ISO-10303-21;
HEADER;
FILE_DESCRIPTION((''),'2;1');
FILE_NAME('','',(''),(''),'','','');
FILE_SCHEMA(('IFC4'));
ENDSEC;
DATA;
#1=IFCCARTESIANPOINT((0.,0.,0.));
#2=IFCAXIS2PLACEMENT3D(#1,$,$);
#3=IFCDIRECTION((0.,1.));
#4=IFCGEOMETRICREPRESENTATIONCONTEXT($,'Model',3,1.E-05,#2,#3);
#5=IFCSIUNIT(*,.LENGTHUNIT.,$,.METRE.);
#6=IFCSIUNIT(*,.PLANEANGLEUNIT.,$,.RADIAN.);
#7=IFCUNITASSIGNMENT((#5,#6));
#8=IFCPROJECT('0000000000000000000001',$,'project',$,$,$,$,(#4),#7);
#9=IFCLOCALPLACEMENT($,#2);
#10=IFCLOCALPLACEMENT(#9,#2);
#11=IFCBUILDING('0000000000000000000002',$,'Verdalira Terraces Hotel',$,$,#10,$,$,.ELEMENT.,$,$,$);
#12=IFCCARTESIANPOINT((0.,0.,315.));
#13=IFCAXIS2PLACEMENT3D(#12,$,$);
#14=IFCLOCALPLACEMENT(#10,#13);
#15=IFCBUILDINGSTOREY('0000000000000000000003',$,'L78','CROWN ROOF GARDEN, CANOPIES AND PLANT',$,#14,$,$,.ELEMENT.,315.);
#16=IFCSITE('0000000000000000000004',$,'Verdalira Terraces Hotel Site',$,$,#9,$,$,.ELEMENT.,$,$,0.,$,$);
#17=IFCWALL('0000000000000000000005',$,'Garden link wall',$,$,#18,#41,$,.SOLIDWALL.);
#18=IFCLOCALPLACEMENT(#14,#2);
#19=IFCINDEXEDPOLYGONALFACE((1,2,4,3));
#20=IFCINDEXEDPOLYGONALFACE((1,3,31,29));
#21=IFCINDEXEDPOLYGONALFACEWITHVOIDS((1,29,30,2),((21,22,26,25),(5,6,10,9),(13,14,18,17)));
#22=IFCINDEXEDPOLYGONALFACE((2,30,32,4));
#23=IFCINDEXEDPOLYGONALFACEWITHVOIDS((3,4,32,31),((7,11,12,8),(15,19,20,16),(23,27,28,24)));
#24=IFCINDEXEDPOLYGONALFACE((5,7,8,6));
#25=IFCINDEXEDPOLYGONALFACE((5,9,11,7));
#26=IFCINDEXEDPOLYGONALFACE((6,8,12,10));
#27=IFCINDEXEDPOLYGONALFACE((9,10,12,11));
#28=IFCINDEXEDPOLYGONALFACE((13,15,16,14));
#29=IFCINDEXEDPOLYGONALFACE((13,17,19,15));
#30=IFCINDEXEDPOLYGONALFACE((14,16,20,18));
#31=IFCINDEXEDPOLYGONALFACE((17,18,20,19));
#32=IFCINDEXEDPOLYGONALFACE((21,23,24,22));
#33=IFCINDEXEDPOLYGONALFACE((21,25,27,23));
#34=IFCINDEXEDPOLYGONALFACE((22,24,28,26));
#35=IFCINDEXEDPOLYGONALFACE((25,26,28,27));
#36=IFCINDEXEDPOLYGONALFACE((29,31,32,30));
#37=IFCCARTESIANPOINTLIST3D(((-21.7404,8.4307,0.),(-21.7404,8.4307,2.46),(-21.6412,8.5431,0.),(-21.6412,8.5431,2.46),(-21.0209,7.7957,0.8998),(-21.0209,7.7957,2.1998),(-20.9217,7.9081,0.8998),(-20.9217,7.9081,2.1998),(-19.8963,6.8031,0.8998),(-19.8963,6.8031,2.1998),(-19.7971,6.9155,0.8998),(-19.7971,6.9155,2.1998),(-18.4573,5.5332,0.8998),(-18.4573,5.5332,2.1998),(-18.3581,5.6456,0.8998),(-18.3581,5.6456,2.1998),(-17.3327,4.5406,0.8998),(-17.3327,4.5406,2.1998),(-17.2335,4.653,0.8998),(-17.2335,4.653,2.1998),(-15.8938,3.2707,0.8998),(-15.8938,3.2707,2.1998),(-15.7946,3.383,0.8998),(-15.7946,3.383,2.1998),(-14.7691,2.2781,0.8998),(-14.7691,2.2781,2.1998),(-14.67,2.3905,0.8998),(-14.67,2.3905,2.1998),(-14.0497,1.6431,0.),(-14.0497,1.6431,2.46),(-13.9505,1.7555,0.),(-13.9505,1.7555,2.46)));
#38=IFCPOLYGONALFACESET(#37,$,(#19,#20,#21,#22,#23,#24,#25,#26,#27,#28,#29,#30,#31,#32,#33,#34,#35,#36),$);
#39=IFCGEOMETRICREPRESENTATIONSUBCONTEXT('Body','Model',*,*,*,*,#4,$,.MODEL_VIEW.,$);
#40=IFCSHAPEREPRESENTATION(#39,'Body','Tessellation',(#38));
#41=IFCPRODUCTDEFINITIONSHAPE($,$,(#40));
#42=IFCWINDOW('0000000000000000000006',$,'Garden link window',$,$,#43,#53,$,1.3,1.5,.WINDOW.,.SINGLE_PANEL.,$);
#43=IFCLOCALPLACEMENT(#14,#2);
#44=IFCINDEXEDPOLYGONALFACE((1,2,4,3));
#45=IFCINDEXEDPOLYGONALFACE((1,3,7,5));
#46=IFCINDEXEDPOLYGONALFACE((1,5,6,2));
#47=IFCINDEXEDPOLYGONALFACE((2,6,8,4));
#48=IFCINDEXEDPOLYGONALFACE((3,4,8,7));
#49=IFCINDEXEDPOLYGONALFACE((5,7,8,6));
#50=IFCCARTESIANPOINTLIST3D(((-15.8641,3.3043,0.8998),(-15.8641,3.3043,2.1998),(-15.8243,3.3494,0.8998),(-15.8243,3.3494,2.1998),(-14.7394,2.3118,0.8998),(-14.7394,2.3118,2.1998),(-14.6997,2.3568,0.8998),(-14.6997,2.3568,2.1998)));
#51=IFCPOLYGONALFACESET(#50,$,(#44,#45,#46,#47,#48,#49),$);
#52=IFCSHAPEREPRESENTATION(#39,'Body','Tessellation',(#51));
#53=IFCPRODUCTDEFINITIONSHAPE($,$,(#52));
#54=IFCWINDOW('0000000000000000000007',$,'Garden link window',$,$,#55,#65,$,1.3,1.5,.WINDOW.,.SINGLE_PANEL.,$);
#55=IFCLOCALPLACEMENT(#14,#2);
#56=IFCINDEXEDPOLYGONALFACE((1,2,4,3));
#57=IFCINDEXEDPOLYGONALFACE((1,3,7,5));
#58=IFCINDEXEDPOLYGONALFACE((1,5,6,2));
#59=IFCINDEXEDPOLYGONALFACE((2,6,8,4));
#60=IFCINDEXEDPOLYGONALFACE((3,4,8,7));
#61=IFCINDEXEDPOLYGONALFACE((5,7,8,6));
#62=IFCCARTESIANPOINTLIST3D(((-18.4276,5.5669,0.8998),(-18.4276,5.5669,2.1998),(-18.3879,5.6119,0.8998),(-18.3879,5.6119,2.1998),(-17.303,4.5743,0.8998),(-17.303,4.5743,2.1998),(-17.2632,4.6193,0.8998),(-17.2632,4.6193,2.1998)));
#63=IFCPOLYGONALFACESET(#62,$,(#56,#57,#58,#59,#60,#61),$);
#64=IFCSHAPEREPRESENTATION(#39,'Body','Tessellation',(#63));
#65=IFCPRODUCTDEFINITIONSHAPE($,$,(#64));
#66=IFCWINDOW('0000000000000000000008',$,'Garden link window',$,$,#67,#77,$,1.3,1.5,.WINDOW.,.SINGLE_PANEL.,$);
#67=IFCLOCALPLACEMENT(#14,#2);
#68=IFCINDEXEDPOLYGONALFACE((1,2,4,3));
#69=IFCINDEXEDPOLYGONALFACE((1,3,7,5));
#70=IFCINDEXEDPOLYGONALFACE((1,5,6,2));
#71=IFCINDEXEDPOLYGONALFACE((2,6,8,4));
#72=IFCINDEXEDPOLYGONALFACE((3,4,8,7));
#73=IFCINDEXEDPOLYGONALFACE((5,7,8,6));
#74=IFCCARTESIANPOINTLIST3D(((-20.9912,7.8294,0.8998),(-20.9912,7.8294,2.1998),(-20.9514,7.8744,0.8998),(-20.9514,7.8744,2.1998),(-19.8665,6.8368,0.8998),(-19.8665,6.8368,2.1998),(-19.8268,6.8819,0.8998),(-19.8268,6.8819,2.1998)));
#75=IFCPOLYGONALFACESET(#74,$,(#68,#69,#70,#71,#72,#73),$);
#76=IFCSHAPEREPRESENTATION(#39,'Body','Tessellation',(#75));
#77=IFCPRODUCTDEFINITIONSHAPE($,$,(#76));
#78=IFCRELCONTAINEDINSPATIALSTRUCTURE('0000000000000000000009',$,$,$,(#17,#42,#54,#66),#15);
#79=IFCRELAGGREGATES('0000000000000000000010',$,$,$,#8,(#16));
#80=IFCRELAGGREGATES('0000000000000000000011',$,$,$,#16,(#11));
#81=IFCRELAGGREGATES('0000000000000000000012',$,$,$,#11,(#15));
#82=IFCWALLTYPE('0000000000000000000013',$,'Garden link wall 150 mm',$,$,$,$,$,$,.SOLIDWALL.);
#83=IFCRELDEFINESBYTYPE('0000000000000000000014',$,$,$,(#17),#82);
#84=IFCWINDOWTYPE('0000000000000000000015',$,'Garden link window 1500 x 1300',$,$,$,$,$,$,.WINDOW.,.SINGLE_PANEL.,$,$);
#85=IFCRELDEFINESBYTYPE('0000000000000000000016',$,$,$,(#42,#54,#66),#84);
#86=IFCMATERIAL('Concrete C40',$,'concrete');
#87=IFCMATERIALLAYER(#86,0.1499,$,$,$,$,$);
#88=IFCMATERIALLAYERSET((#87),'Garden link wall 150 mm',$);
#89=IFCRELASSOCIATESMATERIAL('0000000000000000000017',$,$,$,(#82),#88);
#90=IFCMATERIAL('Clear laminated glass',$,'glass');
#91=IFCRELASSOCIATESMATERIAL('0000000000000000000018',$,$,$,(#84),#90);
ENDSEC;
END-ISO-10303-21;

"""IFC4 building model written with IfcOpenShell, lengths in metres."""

from ifc_helpers import new_model, si_unit, direction, frame, frame_2d, origin, place, context, subcontext, project, spatial, rectangle, extrude, material, layer, layer_set, type_object, element, fill, save


model = new_model("IFC4")

# Units and contexts
model_context = context("Model", 3, precision=1e-05, world=origin(), true_north=direction((0.0, 1.0)))
body_context = subcontext(model_context, "Body", "Model", "MODEL_VIEW")
ifc_project = project(units=[si_unit("LENGTHUNIT", "METRE"), si_unit("PLANEANGLEUNIT", "RADIAN")], contexts=[model_context])

# Site, building, storey
site_placement = place(None, origin())
site = spatial("IfcSite", under=ifc_project, at=site_placement, Name="Verdalira Terraces Hotel Site", CompositionType="ELEMENT", RefElevation=0.0)
building_placement = place(site_placement, origin())
building = spatial("IfcBuilding", under=site, at=building_placement, Name="Verdalira Terraces Hotel", CompositionType="ELEMENT")
storey_placement = place(building_placement, frame((0.0, 0.0, 315.0)))
storey = spatial("IfcBuildingStorey", under=building, at=storey_placement, Name="L78", Description="CROWN ROOF GARDEN, CANOPIES AND PLANT", CompositionType="ELEMENT", Elevation=315.0)

# Wall, openings, windows
ifc_material_1 = material(Name="Concrete C40", Category="concrete")
ifc_layer_1 = layer(ifc_material_1, 0.1499)
ifc_layer_set_1 = layer_set([ifc_layer_1], Name="Garden link wall 150 mm")
wall_type_1 = type_object("IfcWallType", Name="Garden link wall 150 mm", PredefinedType="SOLIDWALL", material=ifc_layer_set_1)
wall_1_placement = place(storey_placement, frame((-14.0, 1.6992, 0.0), z_axis=(0.0, 0.0, 1.0), x_axis=(-0.749755, 0.661715, 0.0)))
wall_1 = element("IfcWall", 1, at=wall_1_placement, inside=storey, type_object=wall_type_1, Name="Garden link wall", PredefinedType="SOLIDWALL", context=body_context, shape_type="SweptSolid", body=[
    extrude(rectangle(XDim=10.2576, YDim=0.1499, at=frame_2d((5.1289, 0.0))), origin(), (0.0, 0.0, 1.0), 2.46),
])
opening_1_placement = place(wall_1_placement, frame((0.9597, 0.0, 0.8999)))
opening_1 = element("IfcOpeningElement", 2, at=opening_1_placement, cuts=wall_1, PredefinedType="OPENING", context=body_context, shape_type="SweptSolid", body=[
    extrude(rectangle(XDim=1.5, YDim=1.3, at=frame_2d((0.75, 0.6499))), frame((0.0, 0.085, 0.0), z_axis=(0.0, -1.0, 0.0), x_axis=(1.0, 0.0, 0.0)), (0.0, 0.0, 1.0), 0.1699),
])
opening_2_placement = place(wall_1_placement, frame((4.3789, 0.0, 0.8999)))
opening_2 = element("IfcOpeningElement", 3, at=opening_2_placement, cuts=wall_1, PredefinedType="OPENING", context=body_context, shape_type="SweptSolid", body=[
    extrude(rectangle(XDim=1.5, YDim=1.3, at=frame_2d((0.75, 0.6499))), frame((0.0, 0.085, 0.0), z_axis=(0.0, -1.0, 0.0), x_axis=(1.0, 0.0, 0.0)), (0.0, 0.0, 1.0), 0.1699),
])
opening_3_placement = place(wall_1_placement, frame((7.7981, 0.0, 0.8999)))
opening_3 = element("IfcOpeningElement", 4, at=opening_3_placement, cuts=wall_1, PredefinedType="OPENING", context=body_context, shape_type="SweptSolid", body=[
    extrude(rectangle(XDim=1.5, YDim=1.3, at=frame_2d((0.75, 0.6499))), frame((0.0, 0.085, 0.0), z_axis=(0.0, -1.0, 0.0), x_axis=(1.0, 0.0, 0.0)), (0.0, 0.0, 1.0), 0.1699),
])
ifc_material_2 = material(Name="Clear laminated glass", Category="glass")
window_type = type_object("IfcWindowType", Name="Garden link window 1500 x 1300", PartitioningType="SINGLE_PANEL", PredefinedType="WINDOW", material=ifc_material_2)
window_1_placement = place(opening_1_placement, origin())
window_1 = element("IfcWindow", 5, at=window_1_placement, inside=storey, type_object=window_type, Name="Garden link window", OverallHeight=1.3, OverallWidth=1.5, PartitioningType="SINGLE_PANEL", PredefinedType="WINDOW", context=body_context, shape_type="SweptSolid", body=[
    extrude(rectangle(XDim=1.5, YDim=1.3, at=frame_2d((0.75, 0.6499))), frame((0.0, 0.03, 0.0), z_axis=(0.0, -1.0, 0.0), x_axis=(1.0, 0.0, 0.0)), (0.0, 0.0, 1.0), 0.0601),
])
fill(opening_1, window_1)
window_2_placement = place(opening_2_placement, origin())
window_2 = element("IfcWindow", 6, at=window_2_placement, inside=storey, type_object=window_type, Name="Garden link window", OverallHeight=1.3, OverallWidth=1.5, PartitioningType="SINGLE_PANEL", PredefinedType="WINDOW", context=body_context, shape_type="SweptSolid", body=[
    extrude(rectangle(XDim=1.5, YDim=1.3, at=frame_2d((0.75, 0.6499))), frame((0.0, 0.03, 0.0), z_axis=(0.0, -1.0, 0.0), x_axis=(1.0, 0.0, 0.0)), (0.0, 0.0, 1.0), 0.0601),
])
fill(opening_2, window_2)
window_3_placement = place(opening_3_placement, origin())
window_3 = element("IfcWindow", 7, at=window_3_placement, inside=storey, type_object=window_type, Name="Garden link window", OverallHeight=1.3, OverallWidth=1.5, PartitioningType="SINGLE_PANEL", PredefinedType="WINDOW", context=body_context, shape_type="SweptSolid", body=[
    extrude(rectangle(XDim=1.5, YDim=1.3, at=frame_2d((0.75, 0.6499))), frame((0.0, 0.03, 0.0), z_axis=(0.0, -1.0, 0.0), x_axis=(1.0, 0.0, 0.0)), (0.0, 0.0, 1.0), 0.0601),
])
fill(opening_3, window_3)

save(model, "model.ifc")
